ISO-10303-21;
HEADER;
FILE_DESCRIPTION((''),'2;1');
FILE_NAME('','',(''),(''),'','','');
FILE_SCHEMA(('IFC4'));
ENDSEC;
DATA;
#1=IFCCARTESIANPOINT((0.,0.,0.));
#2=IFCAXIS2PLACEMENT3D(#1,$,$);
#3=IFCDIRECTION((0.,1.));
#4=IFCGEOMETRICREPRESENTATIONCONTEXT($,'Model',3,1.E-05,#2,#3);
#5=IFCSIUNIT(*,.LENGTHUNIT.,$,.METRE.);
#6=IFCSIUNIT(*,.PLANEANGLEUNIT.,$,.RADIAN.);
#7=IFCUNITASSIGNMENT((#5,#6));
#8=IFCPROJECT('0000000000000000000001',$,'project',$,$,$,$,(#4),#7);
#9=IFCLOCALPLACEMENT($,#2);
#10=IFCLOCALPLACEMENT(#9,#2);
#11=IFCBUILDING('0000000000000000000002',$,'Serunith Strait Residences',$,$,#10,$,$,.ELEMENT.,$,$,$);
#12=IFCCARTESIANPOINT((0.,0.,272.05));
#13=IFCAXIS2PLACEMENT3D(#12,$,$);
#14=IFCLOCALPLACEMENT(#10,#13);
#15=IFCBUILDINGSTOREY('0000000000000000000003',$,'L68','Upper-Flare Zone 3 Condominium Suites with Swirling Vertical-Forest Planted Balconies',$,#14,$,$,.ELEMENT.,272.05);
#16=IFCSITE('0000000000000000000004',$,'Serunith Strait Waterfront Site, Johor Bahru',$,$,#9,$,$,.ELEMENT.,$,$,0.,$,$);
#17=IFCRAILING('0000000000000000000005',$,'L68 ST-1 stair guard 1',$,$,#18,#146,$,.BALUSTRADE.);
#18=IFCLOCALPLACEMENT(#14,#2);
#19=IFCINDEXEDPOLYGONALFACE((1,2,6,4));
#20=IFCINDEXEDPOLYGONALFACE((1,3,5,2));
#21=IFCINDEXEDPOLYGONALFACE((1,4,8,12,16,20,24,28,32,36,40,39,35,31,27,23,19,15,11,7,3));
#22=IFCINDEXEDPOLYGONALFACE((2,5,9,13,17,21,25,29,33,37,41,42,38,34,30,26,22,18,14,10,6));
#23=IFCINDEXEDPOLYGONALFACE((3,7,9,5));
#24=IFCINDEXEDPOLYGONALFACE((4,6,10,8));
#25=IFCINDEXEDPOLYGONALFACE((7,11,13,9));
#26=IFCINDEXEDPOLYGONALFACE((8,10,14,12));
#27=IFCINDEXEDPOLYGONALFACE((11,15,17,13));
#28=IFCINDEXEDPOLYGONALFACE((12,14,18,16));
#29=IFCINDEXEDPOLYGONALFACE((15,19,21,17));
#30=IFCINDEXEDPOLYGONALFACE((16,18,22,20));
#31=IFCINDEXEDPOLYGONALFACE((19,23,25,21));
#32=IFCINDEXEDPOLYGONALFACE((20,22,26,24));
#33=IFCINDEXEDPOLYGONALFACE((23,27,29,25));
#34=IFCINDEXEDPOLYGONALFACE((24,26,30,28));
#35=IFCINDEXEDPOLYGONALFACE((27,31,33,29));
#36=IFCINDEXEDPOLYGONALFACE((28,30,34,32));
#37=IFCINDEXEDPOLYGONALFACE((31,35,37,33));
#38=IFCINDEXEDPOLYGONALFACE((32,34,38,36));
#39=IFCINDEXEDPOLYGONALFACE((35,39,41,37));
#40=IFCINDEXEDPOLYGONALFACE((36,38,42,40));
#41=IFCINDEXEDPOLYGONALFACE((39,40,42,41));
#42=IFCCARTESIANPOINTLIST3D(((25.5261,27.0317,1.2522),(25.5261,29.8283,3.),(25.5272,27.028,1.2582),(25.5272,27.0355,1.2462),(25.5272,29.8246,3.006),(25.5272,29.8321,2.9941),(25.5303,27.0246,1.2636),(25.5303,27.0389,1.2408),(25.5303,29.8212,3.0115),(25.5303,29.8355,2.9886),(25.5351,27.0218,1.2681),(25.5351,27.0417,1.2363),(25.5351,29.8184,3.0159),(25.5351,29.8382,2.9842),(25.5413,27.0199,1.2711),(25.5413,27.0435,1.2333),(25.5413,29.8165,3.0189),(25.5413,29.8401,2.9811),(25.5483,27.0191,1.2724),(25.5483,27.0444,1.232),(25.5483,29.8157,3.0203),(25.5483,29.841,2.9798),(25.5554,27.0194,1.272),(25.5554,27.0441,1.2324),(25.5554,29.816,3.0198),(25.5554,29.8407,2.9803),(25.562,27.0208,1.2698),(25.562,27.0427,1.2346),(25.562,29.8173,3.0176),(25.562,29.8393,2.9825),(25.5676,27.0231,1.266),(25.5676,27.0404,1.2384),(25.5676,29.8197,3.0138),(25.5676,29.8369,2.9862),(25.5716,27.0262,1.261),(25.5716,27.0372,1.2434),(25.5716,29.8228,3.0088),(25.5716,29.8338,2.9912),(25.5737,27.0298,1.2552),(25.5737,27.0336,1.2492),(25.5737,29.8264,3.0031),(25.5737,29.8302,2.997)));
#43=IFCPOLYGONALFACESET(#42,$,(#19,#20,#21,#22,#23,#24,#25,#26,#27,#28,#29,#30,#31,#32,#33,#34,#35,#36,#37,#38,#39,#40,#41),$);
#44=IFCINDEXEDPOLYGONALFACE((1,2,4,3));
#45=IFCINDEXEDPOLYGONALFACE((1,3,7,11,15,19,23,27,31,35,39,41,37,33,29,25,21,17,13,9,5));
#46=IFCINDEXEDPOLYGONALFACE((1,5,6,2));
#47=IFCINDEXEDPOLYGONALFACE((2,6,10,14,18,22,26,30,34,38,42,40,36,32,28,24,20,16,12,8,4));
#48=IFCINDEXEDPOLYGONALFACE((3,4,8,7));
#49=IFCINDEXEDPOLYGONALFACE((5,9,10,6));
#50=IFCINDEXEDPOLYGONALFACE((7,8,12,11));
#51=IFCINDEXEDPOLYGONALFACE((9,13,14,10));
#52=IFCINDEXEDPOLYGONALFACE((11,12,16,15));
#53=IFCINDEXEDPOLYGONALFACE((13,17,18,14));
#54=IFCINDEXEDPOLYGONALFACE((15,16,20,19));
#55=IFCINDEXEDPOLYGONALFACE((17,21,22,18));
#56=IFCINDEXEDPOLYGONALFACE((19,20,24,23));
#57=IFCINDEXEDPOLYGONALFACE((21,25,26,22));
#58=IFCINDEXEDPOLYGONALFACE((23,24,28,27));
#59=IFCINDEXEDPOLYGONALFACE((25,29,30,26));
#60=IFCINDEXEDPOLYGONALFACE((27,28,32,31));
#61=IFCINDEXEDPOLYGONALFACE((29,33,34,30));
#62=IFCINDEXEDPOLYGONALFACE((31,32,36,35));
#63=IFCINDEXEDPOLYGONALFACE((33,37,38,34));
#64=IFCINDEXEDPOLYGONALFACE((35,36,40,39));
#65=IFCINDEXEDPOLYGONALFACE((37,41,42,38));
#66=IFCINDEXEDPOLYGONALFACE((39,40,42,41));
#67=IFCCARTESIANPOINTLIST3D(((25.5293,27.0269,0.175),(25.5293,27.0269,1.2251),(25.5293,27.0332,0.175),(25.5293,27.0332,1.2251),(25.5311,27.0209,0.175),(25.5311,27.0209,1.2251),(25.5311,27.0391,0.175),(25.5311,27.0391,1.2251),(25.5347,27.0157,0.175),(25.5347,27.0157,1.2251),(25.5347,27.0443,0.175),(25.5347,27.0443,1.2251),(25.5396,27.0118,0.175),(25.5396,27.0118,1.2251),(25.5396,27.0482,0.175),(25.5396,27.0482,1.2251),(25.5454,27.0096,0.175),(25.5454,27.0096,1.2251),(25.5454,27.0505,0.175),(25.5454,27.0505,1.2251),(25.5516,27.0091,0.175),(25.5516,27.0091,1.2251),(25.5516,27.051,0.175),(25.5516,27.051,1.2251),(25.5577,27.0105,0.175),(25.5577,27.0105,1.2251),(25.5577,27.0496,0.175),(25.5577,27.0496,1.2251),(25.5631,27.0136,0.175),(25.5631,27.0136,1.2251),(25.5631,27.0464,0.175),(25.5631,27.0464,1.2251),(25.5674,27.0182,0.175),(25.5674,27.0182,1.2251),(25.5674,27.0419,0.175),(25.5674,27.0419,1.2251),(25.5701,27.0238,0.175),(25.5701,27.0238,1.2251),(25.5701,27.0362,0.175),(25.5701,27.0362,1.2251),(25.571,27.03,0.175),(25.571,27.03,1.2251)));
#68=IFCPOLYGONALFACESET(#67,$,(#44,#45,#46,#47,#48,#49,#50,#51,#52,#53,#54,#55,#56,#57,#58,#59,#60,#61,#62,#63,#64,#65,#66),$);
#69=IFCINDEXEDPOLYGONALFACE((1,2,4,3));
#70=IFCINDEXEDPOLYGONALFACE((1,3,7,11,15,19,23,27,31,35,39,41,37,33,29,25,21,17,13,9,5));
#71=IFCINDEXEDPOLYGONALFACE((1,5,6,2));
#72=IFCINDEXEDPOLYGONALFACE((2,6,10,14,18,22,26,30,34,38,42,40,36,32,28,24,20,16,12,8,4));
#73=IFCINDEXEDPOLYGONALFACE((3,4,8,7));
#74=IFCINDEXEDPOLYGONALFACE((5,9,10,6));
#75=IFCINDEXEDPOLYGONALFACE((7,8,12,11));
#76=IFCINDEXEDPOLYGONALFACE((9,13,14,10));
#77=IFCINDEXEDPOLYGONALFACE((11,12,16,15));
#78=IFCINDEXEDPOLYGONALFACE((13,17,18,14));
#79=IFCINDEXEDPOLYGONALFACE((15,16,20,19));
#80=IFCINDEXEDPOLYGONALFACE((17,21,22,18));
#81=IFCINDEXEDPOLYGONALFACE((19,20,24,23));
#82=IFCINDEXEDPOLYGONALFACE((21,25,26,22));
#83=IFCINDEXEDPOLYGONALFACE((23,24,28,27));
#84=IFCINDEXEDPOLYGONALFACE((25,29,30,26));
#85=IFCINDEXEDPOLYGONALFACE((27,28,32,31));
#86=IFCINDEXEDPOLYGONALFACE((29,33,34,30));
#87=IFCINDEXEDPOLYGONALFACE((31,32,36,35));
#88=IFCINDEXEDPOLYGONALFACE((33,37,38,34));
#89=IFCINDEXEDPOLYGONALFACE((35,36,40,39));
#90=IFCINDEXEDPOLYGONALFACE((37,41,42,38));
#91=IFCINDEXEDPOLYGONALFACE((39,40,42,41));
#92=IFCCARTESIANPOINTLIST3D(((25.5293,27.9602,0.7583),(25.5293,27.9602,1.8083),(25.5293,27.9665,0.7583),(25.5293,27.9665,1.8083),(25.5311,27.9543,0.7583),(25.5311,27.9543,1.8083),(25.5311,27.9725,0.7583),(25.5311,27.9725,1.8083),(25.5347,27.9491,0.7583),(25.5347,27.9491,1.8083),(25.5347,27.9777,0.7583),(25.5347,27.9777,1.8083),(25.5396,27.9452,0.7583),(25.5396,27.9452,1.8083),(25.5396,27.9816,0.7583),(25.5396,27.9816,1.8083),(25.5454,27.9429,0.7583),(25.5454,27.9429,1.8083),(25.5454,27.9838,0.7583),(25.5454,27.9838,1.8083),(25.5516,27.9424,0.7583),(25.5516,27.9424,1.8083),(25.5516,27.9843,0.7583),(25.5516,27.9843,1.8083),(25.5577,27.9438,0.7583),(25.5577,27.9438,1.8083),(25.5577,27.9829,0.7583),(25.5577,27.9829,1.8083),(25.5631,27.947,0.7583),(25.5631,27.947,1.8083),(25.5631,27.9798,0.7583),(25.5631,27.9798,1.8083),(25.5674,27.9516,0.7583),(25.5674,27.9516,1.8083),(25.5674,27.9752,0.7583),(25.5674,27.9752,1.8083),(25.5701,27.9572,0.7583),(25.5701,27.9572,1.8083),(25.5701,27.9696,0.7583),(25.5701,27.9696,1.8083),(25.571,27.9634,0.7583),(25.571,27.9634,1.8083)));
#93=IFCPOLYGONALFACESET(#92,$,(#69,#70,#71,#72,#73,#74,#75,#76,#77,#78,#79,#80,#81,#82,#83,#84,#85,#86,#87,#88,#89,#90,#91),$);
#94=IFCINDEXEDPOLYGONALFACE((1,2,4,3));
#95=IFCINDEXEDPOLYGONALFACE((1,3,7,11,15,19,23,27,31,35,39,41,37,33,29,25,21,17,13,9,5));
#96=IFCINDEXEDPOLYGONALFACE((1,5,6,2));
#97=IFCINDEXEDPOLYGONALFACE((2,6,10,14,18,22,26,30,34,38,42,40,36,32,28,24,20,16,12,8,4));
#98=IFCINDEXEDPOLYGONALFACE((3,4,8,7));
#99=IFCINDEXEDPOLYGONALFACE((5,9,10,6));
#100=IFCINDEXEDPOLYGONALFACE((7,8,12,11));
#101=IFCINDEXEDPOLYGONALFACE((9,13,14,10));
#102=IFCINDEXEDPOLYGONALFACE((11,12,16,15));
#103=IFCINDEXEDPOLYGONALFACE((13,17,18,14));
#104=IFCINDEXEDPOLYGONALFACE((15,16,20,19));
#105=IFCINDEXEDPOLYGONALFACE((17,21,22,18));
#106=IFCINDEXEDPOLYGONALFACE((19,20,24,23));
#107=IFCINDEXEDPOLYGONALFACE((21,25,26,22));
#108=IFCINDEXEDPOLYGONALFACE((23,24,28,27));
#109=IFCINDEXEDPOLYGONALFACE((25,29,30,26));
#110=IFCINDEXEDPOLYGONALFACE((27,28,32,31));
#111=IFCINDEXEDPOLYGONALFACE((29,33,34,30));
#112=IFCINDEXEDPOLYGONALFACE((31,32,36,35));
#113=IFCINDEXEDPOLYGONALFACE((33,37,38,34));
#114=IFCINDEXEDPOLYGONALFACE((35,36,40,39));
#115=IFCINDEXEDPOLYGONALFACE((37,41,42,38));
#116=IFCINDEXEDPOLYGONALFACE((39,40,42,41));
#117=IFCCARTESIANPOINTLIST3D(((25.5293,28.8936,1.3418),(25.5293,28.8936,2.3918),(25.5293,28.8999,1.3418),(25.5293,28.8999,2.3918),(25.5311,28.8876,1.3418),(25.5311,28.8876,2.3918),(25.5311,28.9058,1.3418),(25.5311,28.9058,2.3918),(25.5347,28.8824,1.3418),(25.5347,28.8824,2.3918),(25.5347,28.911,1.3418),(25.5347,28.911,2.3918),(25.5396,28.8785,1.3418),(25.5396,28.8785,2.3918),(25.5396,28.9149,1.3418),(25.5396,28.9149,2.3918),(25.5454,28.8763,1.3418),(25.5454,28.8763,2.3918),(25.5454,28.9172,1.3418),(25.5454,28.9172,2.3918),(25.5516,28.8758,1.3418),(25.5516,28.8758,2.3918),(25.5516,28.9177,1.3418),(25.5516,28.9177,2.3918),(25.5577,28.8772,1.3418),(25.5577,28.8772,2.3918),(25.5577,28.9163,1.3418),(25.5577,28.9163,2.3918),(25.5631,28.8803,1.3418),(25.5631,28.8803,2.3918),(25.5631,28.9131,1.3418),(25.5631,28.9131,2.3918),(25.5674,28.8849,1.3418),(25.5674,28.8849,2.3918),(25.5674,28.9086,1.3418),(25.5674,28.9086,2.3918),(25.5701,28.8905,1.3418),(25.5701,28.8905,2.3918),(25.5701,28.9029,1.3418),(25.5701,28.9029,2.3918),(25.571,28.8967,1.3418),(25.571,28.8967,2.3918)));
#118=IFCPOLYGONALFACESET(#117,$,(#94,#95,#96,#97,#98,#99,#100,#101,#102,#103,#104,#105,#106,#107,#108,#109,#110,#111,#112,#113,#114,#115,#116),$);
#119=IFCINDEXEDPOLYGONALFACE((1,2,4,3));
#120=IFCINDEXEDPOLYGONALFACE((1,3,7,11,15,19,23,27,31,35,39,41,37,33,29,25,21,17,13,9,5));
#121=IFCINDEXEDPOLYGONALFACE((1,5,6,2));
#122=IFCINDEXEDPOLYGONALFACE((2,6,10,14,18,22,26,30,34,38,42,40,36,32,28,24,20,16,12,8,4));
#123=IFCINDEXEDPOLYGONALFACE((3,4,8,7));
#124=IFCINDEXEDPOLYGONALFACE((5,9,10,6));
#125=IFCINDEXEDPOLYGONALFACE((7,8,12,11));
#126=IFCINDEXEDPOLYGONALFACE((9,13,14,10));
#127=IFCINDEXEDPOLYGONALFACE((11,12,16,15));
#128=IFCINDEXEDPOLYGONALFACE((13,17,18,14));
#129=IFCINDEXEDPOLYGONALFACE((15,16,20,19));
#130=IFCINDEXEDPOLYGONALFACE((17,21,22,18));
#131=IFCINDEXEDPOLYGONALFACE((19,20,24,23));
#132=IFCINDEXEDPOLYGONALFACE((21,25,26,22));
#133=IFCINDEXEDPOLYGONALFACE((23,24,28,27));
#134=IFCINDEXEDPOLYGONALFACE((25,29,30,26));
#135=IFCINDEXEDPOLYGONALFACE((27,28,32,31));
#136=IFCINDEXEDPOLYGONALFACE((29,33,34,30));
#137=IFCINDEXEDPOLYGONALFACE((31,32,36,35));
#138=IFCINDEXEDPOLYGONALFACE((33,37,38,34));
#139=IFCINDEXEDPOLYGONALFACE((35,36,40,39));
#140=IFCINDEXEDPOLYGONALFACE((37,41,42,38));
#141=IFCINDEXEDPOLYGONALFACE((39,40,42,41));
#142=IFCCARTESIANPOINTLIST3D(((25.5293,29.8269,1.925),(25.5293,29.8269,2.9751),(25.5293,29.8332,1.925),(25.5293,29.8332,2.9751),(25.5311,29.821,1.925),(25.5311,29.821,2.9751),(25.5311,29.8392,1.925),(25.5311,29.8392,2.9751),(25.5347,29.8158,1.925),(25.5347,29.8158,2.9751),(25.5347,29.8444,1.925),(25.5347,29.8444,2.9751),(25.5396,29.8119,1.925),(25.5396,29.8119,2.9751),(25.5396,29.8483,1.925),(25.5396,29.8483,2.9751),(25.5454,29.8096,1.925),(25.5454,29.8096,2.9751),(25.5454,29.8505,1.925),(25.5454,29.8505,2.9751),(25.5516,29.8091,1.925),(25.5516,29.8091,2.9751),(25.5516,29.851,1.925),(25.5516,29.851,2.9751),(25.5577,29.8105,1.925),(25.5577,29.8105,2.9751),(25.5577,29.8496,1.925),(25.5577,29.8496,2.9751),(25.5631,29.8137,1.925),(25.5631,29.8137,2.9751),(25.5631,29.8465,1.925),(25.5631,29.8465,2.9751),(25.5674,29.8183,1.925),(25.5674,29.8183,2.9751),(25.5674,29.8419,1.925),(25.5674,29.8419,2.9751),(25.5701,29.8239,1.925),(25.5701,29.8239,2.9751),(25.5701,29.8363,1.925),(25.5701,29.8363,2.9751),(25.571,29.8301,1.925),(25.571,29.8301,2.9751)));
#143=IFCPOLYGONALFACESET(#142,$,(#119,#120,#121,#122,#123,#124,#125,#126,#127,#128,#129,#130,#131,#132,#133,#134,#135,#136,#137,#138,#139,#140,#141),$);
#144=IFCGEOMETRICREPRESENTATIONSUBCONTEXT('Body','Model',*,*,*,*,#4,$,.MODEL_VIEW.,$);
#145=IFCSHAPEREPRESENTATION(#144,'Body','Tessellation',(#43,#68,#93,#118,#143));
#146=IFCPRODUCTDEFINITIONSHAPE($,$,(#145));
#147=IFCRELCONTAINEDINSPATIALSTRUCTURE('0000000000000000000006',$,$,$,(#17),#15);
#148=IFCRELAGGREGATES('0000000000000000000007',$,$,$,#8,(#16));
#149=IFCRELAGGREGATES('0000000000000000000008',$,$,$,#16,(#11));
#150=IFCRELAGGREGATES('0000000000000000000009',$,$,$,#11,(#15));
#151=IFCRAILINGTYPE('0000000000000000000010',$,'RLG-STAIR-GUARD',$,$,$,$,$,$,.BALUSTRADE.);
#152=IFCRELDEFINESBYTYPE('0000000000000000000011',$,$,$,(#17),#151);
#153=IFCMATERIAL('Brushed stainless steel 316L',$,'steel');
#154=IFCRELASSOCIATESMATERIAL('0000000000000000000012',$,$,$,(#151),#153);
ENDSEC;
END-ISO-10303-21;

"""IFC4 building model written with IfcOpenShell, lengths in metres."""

from ifc_helpers import new_model, si_unit, direction, frame, origin, origin_2d, place, context, subcontext, project, spatial, circle, extrude, material, type_object, element, save


model = new_model("IFC4")

# Units and contexts
model_context = context("Model", 3, precision=1e-05, world=origin(), true_north=direction((0.0, 1.0)))
body_context = subcontext(model_context, "Body", "Model", "MODEL_VIEW")
ifc_project = project(units=[si_unit("LENGTHUNIT", "METRE"), si_unit("PLANEANGLEUNIT", "RADIAN")], contexts=[model_context])

# Site, building, storey
site_placement = place(None, origin())
site = spatial("IfcSite", under=ifc_project, at=site_placement, Name="Serunith Strait Waterfront Site, Johor Bahru", CompositionType="ELEMENT", RefElevation=0.0)
building_placement = place(site_placement, origin())
building = spatial("IfcBuilding", under=site, at=building_placement, Name="Serunith Strait Residences", CompositionType="ELEMENT")
storey_placement = place(building_placement, frame((0.0, 0.0, 272.05)))
storey = spatial("IfcBuildingStorey", under=building, at=storey_placement, Name="L68", Description="Upper-Flare Zone 3 Condominium Suites with Swirling Vertical-Forest Planted Balconies", CompositionType="ELEMENT", Elevation=272.05)

# Railing
ifc_material_1 = material(Name="Brushed stainless steel 316L", Category="steel")
railing_type_1 = type_object("IfcRailingType", Name="RLG-STAIR-GUARD", PredefinedType="BALUSTRADE", material=ifc_material_1)
railing_1_placement = place(storey_placement, frame((25.55, 27.03, 0.175)))
element("IfcRailing", 1, at=railing_1_placement, inside=storey, type_object=railing_type_1, Name="L68 ST-1 stair guard 1", PredefinedType="BALUSTRADE", context=body_context, shape_type="SweptSolid", body=[
    extrude(circle(Radius=0.0239, at=origin_2d()), frame((0.0, 0.0017, 1.0771), z_axis=(0.0, 0.848002, 0.529992), x_axis=(-1.0, 0.0, 0.0)), (0.0, 0.0, 1.0), 3.2979),
    extrude(circle(Radius=0.021, at=origin_2d()), origin(), (0.0, 0.0, 1.0), 1.05),
    extrude(circle(Radius=0.021, at=origin_2d()), frame((0.0, 0.9333, 0.5833)), (0.0, 0.0, 1.0), 1.05),
    extrude(circle(Radius=0.021, at=origin_2d()), frame((0.0, 1.8667, 1.1667)), (0.0, 0.0, 1.0), 1.05),
    extrude(circle(Radius=0.021, at=origin_2d()), frame((0.0, 2.8, 1.75)), (0.0, 0.0, 1.0), 1.05),
])

save(model, "model.ifc")
